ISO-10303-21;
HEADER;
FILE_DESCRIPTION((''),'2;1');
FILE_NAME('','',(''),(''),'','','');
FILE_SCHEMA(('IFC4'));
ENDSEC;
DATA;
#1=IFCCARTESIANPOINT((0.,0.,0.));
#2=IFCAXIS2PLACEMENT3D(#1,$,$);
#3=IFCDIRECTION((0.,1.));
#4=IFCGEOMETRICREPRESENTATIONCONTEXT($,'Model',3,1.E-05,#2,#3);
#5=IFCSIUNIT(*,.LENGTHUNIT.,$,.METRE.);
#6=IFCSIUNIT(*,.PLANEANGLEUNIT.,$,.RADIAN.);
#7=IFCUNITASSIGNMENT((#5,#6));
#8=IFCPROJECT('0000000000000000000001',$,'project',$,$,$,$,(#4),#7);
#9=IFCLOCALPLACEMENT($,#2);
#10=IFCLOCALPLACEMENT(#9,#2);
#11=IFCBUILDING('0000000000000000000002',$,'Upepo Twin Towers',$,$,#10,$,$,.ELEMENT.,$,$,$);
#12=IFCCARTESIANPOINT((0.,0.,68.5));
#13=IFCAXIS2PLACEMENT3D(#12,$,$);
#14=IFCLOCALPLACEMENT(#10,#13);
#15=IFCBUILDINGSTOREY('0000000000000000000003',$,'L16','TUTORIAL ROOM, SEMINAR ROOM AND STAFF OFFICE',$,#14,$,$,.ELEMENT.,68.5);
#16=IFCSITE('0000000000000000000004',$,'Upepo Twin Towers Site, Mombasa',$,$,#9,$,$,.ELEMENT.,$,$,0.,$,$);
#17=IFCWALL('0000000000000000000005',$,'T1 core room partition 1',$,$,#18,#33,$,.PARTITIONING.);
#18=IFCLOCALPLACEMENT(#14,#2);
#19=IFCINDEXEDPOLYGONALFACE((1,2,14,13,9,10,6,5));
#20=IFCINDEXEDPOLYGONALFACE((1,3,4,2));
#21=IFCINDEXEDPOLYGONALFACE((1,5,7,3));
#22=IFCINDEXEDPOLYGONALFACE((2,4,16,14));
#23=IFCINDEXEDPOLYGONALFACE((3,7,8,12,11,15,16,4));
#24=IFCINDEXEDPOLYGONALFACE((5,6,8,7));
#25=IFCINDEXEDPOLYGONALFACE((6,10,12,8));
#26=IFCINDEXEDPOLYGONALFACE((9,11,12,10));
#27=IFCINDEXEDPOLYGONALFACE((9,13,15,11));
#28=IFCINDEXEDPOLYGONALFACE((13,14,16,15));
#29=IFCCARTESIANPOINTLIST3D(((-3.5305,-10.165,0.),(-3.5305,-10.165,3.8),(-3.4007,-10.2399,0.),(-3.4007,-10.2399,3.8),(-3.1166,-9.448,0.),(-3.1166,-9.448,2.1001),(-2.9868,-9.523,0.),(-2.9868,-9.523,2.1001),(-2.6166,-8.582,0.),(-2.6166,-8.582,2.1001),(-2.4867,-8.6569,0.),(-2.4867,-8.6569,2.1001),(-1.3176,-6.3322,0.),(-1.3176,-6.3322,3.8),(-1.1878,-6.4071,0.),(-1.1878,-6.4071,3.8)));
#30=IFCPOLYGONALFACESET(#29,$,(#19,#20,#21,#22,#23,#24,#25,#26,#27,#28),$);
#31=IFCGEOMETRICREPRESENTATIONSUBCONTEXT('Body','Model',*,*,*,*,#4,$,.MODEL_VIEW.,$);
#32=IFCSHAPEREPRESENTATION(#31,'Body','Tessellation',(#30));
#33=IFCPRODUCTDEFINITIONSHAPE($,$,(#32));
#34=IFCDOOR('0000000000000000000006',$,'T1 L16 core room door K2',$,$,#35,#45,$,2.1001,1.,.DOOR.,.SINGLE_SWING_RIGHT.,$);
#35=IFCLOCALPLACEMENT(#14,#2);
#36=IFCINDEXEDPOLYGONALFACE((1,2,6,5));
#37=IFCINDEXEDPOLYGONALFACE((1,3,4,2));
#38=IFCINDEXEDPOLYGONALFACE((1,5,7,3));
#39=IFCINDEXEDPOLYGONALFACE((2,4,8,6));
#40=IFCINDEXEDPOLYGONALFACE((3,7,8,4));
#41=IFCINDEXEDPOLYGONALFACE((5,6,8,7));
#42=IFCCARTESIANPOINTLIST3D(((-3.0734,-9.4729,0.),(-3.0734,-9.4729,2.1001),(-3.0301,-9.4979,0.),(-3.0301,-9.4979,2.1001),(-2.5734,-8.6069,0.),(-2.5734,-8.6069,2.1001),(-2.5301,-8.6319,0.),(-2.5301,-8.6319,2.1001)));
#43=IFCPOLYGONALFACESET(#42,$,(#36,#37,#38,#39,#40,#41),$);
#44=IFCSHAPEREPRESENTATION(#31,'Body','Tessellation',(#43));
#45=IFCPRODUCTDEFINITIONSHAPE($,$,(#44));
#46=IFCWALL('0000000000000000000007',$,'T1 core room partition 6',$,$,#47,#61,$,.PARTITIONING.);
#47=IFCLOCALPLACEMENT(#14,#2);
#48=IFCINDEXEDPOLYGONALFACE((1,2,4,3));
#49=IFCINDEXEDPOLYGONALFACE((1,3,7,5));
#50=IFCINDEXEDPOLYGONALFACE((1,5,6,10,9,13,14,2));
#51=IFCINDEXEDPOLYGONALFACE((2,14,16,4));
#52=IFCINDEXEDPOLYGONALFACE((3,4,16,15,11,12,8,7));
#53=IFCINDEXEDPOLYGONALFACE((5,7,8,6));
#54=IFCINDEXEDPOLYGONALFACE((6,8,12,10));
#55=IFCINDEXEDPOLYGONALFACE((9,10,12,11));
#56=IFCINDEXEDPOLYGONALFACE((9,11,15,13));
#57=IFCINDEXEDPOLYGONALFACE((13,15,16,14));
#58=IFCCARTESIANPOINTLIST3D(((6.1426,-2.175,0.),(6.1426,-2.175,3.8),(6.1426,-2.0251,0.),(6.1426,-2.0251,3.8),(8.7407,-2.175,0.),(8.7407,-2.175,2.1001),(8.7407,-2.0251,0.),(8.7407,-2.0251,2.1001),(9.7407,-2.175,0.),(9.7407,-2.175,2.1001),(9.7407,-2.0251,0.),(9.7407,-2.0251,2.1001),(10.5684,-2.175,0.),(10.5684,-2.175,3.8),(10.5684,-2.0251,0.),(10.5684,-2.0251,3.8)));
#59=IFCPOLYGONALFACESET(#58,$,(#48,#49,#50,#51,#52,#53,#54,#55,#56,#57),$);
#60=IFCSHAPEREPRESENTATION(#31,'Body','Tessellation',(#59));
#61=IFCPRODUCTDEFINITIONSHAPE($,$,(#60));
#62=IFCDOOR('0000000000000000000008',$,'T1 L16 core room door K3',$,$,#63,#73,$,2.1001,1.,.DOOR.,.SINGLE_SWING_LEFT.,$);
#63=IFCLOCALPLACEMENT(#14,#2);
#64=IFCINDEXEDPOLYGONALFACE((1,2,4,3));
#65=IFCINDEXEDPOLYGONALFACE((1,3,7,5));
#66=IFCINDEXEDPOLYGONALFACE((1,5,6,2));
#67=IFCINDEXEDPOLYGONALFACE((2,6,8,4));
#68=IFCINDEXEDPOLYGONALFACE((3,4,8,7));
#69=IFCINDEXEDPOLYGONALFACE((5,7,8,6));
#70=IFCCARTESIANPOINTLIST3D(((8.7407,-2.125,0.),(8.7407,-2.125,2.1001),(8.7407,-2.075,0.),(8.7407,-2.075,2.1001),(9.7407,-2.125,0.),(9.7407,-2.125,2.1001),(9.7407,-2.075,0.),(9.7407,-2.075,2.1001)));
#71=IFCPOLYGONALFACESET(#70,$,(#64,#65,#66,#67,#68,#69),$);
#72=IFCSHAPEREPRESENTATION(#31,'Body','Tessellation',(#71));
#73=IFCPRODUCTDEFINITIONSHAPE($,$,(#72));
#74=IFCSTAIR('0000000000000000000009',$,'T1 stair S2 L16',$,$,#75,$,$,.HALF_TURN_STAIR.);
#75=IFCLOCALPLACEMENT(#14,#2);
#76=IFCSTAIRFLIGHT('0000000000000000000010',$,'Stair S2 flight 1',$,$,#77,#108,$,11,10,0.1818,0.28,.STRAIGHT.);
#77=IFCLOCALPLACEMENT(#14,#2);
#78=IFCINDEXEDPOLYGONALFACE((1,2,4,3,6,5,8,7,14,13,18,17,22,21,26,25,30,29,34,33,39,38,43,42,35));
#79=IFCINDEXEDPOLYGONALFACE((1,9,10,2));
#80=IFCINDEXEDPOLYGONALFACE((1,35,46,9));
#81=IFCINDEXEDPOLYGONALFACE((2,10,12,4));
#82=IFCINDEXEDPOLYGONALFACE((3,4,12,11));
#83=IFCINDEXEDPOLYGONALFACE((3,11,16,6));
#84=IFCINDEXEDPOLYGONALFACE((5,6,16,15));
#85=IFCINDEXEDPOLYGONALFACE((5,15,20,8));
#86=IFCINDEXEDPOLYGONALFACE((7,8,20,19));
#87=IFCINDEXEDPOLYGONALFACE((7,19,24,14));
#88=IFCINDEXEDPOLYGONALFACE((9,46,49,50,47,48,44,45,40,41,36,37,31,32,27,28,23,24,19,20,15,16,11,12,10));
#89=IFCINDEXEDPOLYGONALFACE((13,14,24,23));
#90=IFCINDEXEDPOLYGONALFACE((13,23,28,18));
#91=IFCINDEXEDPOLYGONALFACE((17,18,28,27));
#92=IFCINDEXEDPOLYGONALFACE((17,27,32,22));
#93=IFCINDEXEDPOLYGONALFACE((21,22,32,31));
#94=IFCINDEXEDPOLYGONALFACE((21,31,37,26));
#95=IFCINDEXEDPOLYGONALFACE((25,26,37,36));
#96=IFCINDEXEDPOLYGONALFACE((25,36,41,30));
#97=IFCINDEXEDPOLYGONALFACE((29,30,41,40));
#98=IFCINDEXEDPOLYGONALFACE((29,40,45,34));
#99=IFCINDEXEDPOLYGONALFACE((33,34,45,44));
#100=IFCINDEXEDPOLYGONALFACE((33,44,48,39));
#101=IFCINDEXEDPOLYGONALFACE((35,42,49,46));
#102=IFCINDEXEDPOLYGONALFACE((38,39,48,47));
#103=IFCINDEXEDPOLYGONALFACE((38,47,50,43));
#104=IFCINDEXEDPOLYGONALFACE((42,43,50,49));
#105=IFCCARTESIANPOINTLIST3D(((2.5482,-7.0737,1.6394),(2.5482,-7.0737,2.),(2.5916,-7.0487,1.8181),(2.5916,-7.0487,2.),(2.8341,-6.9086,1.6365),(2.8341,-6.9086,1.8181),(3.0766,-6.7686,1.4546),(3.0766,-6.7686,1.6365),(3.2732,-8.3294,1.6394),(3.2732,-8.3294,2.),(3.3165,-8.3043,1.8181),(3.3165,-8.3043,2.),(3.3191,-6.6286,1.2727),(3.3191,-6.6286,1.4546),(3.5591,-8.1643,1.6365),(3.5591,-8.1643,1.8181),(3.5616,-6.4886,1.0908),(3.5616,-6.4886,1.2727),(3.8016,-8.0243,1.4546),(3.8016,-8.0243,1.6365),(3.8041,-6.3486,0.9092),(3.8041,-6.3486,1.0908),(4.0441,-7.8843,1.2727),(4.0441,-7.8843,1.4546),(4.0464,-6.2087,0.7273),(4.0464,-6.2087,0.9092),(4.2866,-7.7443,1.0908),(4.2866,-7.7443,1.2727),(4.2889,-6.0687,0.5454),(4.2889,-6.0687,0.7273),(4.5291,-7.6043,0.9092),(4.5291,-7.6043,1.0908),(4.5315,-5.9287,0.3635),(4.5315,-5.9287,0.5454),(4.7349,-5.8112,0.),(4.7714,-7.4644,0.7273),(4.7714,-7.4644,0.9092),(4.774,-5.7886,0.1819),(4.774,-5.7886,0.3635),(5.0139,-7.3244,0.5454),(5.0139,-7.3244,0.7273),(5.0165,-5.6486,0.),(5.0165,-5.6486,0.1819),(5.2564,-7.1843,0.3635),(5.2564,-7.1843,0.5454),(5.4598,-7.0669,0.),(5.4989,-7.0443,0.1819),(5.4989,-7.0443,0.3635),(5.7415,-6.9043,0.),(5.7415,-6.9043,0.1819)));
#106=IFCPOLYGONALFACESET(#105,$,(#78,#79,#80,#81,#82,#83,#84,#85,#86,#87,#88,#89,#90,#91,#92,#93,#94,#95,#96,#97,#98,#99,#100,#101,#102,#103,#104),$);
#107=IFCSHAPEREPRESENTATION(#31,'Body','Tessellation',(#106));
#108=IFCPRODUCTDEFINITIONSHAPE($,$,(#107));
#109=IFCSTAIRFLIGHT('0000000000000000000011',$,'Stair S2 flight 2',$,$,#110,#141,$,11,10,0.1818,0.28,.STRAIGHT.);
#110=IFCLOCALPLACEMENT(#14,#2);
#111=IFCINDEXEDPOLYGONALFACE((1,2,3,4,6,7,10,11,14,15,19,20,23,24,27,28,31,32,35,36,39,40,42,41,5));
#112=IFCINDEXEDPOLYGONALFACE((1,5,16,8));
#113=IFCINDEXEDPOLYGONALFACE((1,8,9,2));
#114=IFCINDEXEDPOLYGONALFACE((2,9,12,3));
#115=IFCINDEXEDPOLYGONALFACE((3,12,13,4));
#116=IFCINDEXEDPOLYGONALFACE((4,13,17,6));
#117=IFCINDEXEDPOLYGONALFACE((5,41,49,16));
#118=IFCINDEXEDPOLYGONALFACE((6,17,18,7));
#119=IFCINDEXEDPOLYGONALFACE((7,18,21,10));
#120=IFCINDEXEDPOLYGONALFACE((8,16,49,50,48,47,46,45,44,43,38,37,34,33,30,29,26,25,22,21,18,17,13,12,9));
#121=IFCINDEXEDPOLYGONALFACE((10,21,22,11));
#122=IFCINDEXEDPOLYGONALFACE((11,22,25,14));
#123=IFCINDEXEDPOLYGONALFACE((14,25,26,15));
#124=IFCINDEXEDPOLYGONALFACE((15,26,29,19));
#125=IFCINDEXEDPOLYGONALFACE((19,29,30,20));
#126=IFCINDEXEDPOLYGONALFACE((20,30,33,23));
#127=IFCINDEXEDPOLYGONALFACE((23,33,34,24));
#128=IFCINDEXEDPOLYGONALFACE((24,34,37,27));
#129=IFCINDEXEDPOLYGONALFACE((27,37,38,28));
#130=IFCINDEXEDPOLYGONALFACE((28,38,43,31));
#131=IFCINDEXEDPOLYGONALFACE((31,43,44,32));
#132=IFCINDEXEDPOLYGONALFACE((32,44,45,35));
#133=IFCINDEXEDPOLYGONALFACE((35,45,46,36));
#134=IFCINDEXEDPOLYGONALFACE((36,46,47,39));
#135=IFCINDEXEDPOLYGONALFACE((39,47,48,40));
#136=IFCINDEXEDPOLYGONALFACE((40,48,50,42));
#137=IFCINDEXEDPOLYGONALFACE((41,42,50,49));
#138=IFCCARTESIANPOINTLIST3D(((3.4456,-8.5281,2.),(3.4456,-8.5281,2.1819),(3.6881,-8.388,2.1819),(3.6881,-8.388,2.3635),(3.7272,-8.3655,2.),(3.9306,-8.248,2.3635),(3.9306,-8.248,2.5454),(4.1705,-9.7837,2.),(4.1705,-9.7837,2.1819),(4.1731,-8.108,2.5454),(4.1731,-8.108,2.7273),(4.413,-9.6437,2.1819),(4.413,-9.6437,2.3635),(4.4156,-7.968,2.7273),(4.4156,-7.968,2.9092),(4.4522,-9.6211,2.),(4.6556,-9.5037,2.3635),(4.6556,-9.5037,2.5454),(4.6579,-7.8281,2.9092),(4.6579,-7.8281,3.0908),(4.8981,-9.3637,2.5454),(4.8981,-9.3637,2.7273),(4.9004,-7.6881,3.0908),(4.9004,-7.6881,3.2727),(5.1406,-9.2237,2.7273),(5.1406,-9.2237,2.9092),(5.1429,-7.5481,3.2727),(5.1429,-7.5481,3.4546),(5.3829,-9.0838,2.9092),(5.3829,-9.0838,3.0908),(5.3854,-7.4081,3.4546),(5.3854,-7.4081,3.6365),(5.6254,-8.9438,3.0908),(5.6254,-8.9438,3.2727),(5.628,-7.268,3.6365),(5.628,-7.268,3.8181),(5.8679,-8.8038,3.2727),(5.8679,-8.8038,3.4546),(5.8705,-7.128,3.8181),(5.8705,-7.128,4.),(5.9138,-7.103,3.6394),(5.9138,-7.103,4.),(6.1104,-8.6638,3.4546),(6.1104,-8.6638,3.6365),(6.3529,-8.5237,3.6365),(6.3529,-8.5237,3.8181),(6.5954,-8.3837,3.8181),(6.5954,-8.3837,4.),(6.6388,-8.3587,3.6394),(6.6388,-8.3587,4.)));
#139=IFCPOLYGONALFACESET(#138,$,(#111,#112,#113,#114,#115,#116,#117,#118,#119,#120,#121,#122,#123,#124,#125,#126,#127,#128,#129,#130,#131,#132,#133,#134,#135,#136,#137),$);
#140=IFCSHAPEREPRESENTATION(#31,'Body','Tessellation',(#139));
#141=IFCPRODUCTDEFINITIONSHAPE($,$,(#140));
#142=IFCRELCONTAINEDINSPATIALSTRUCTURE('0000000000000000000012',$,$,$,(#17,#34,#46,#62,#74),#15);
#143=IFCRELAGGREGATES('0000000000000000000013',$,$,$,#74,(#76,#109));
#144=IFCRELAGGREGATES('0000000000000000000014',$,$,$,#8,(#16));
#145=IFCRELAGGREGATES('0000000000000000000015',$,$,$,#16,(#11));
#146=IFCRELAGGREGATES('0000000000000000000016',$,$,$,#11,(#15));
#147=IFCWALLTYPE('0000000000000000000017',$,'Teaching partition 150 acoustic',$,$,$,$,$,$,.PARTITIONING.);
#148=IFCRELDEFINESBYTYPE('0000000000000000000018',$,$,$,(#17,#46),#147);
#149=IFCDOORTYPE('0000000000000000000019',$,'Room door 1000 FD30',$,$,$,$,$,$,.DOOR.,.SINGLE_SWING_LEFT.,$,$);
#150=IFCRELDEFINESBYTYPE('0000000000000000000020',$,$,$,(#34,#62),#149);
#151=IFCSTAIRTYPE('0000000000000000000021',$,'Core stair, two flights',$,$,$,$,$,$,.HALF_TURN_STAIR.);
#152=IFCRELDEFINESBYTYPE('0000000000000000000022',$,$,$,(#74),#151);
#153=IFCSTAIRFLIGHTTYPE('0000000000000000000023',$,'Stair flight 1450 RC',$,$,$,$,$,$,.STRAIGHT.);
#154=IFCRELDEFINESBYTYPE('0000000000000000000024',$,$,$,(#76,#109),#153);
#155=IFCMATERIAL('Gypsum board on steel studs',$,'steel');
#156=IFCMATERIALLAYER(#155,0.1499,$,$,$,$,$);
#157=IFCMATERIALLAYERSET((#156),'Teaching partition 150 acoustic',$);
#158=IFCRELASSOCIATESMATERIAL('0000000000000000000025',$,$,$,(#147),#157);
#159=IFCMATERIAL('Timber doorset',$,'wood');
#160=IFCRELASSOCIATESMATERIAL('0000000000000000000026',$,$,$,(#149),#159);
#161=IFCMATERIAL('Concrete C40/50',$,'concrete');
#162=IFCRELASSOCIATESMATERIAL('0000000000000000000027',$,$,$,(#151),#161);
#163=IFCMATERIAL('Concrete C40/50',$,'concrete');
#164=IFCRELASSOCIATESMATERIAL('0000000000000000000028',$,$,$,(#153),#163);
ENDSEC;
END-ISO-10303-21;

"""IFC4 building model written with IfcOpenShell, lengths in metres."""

from ifc_helpers import new_model, si_unit, direction, frame, frame_2d, origin, place, context, subcontext, project, spatial, polyline, rectangle, outline, extrude, material, layer, layer_set, type_object, element, fill, aggregate, save


model = new_model("IFC4")

# Units and contexts
model_context = context("Model", 3, precision=1e-05, world=origin(), true_north=direction((0.0, 1.0)))
body_context = subcontext(model_context, "Body", "Model", "MODEL_VIEW")
ifc_project = project(units=[si_unit("LENGTHUNIT", "METRE"), si_unit("PLANEANGLEUNIT", "RADIAN")], contexts=[model_context])

# Site, building, storey
site_placement = place(None, origin())
site = spatial("IfcSite", under=ifc_project, at=site_placement, Name="Upepo Twin Towers Site, Mombasa", CompositionType="ELEMENT", RefElevation=0.0)
building_placement = place(site_placement, origin())
building = spatial("IfcBuilding", under=site, at=building_placement, Name="Upepo Twin Towers", CompositionType="ELEMENT")
storey_placement = place(building_placement, frame((0.0, 0.0, 68.5)))
storey = spatial("IfcBuildingStorey", under=building, at=storey_placement, Name="L16", Description="TUTORIAL ROOM, SEMINAR ROOM AND STAFF OFFICE", CompositionType="ELEMENT", Elevation=68.5)

# Walls, openings, doors
ifc_material_1 = material(Name="Gypsum board on steel studs", Category="steel")
ifc_layer_1 = layer(ifc_material_1, 0.1499)
ifc_layer_set_1 = layer_set([ifc_layer_1], Name="Teaching partition 150 acoustic")
wall_type_1 = type_object("IfcWallType", Name="Teaching partition 150 acoustic", PredefinedType="PARTITIONING", material=ifc_layer_set_1)
wall_1_placement = place(storey_placement, frame((-1.2527, -6.3696, 0.0), z_axis=(0.0, 0.0, 1.0), x_axis=(-0.500007, -0.866021, 0.0)))
wall_1 = element("IfcWall", 1, at=wall_1_placement, inside=storey, type_object=wall_type_1, Name="T1 core room partition 1", PredefinedType="PARTITIONING", context=body_context, shape_type="SweptSolid", body=[
    extrude(rectangle(XDim=4.4258, YDim=0.1499, at=frame_2d((2.2129, 0.0))), origin(), (0.0, 0.0, 1.0), 3.8),
])
opening_1_placement = place(wall_1_placement, frame((2.5979, 0.0, 0.0)))
opening_1 = element("IfcOpeningElement", 2, at=opening_1_placement, cuts=wall_1, PredefinedType="OPENING", context=body_context, shape_type="SweptSolid", body=[
    extrude(rectangle(XDim=1.0, YDim=2.1001, at=frame_2d((0.5, 1.05))), frame((0.0, 0.085, 0.0), z_axis=(0.0, -1.0, 0.0), x_axis=(1.0, 0.0, 0.0)), (0.0, 0.0, 1.0), 0.1699),
])
ifc_material_2 = material(Name="Timber doorset", Category="wood")
door_type_1 = type_object("IfcDoorType", Name="Room door 1000 FD30", OperationType="SINGLE_SWING_LEFT", PredefinedType="DOOR", material=ifc_material_2)
door_1_placement = place(opening_1_placement, origin())
door_1 = element("IfcDoor", 3, at=door_1_placement, inside=storey, type_object=door_type_1, Name="T1 L16 core room door K2", OperationType="SINGLE_SWING_RIGHT", OverallHeight=2.1001, OverallWidth=1.0, PredefinedType="DOOR", context=body_context, shape_type="SweptSolid", body=[
    extrude(rectangle(XDim=1.0, YDim=2.1001, at=frame_2d((0.5, 1.05))), frame((0.0, 0.0249, 0.0), z_axis=(0.0, -1.0, 0.0), x_axis=(1.0, 0.0, 0.0)), (0.0, 0.0, 1.0), 0.05),
])
fill(opening_1, door_1)
wall_2_placement = place(storey_placement, frame((10.5684, -2.1001, 0.0), z_axis=(0.0, 0.0, 1.0), x_axis=(-1.0, 0.0, 0.0)))
wall_2 = element("IfcWall", 4, at=wall_2_placement, inside=storey, type_object=wall_type_1, Name="T1 core room partition 6", PredefinedType="PARTITIONING", context=body_context, shape_type="SweptSolid", body=[
    extrude(rectangle(XDim=4.4258, YDim=0.1499, at=frame_2d((2.2129, 0.0))), origin(), (0.0, 0.0, 1.0), 3.8),
])
opening_2_placement = place(wall_2_placement, frame((0.8276, 0.0, 0.0)))
opening_2 = element("IfcOpeningElement", 5, at=opening_2_placement, cuts=wall_2, PredefinedType="OPENING", context=body_context, shape_type="SweptSolid", body=[
    extrude(rectangle(XDim=1.0, YDim=2.1001, at=frame_2d((0.5, 1.05))), frame((0.0, 0.085, 0.0), z_axis=(0.0, -1.0, 0.0), x_axis=(1.0, 0.0, 0.0)), (0.0, 0.0, 1.0), 0.1699),
])
door_2_placement = place(opening_2_placement, origin())
door_2 = element("IfcDoor", 6, at=door_2_placement, inside=storey, type_object=door_type_1, Name="T1 L16 core room door K3", OperationType="SINGLE_SWING_LEFT", OverallHeight=2.1001, OverallWidth=1.0, PredefinedType="DOOR", context=body_context, shape_type="SweptSolid", body=[
    extrude(rectangle(XDim=1.0, YDim=2.1001, at=frame_2d((0.5, 1.05))), frame((0.0, 0.0249, 0.0), z_axis=(0.0, -1.0, 0.0), x_axis=(1.0, 0.0, 0.0)), (0.0, 0.0, 1.0), 0.05),
])
fill(opening_2, door_2)

# Stair, stair flights
ifc_material_3 = material(Name="Concrete C40/50", Category="concrete")
stair_type = type_object("IfcStairType", Name="Core stair, two flights", PredefinedType="HALF_TURN_STAIR", material=ifc_material_3)
stair_placement = place(storey_placement, origin())
stair = element("IfcStair", 7, at=stair_placement, inside=storey, type_object=stair_type, Name="T1 stair S2 L16", PredefinedType="HALF_TURN_STAIR")
ifc_material_4 = material(Name="Concrete C40/50", Category="concrete")
stair_flight_type = type_object("IfcStairFlightType", Name="Stair flight 1450 RC", PredefinedType="STRAIGHT", material=ifc_material_4)
stair_flight_1_placement = place(storey_placement, frame((5.3789, -6.2764, 0.0), z_axis=(0.0, 0.0, 1.0), x_axis=(-0.866025, -0.5, 0.0)))
stair_flight_1 = element("IfcStairFlight", 8, at=stair_flight_1_placement, type_object=stair_flight_type, Name="Stair S2 flight 1", NumberOfRisers=11, NumberOfTreads=10, PredefinedType="STRAIGHT", RiserHeight=0.1818, TreadLength=0.28, context=body_context, shape_type="SweptSolid", body=[
    extrude(outline(polyline([(0.0, 0.0), (0.0, 0.1819), (0.28, 0.1819), (0.28, 0.3635), (0.5601, 0.3635), (0.5601, 0.5454), (0.8401, 0.5454), (0.8401, 0.7273), (1.1201, 0.7273), (1.1201, 0.9092), (1.3999, 0.9092), (1.3999, 1.0908), (1.6799, 1.0908), (1.6799, 1.2727), (1.96, 1.2727), (1.96, 1.4546), (2.24, 1.4546), (2.24, 1.6365), (2.52, 1.6365), (2.52, 1.8181), (2.8, 1.8181), (2.8, 2.0), (2.8501, 2.0), (2.8501, 1.6394), (0.3252, 0.0), (0.0, 0.0)])), frame((0.0, 0.7251, 0.0), z_axis=(0.0, -1.0, 0.0), x_axis=(1.0, 0.0, 0.0)), (0.0, 0.0, 1.0), 1.45),
])
stair_flight_2_placement = place(storey_placement, frame((3.8081, -9.156, 2.0), z_axis=(0.0, 0.0, 1.0), x_axis=(0.866025, 0.5, 0.0)))
stair_flight_2 = element("IfcStairFlight", 9, at=stair_flight_2_placement, type_object=stair_flight_type, Name="Stair S2 flight 2", NumberOfRisers=11, NumberOfTreads=10, PredefinedType="STRAIGHT", RiserHeight=0.1818, TreadLength=0.28, context=body_context, shape_type="SweptSolid", body=[
    extrude(outline(polyline([(0.0, 0.0), (0.0, 0.1819), (0.28, 0.1819), (0.28, 0.3635), (0.5601, 0.3635), (0.5601, 0.5454), (0.8401, 0.5454), (0.8401, 0.7273), (1.1201, 0.7273), (1.1201, 0.9092), (1.3999, 0.9092), (1.3999, 1.0908), (1.6799, 1.0908), (1.6799, 1.2727), (1.96, 1.2727), (1.96, 1.4546), (2.24, 1.4546), (2.24, 1.6365), (2.52, 1.6365), (2.52, 1.8181), (2.8, 1.8181), (2.8, 2.0), (2.8501, 2.0), (2.8501, 1.6394), (0.3252, 0.0), (0.0, 0.0)])), frame((0.0, 0.7251, 0.0), z_axis=(0.0, -1.0, 0.0), x_axis=(1.0, 0.0, 0.0)), (0.0, 0.0, 1.0), 1.45),
])
aggregate(stair, [stair_flight_1, stair_flight_2])

save(model, "model.ifc")
